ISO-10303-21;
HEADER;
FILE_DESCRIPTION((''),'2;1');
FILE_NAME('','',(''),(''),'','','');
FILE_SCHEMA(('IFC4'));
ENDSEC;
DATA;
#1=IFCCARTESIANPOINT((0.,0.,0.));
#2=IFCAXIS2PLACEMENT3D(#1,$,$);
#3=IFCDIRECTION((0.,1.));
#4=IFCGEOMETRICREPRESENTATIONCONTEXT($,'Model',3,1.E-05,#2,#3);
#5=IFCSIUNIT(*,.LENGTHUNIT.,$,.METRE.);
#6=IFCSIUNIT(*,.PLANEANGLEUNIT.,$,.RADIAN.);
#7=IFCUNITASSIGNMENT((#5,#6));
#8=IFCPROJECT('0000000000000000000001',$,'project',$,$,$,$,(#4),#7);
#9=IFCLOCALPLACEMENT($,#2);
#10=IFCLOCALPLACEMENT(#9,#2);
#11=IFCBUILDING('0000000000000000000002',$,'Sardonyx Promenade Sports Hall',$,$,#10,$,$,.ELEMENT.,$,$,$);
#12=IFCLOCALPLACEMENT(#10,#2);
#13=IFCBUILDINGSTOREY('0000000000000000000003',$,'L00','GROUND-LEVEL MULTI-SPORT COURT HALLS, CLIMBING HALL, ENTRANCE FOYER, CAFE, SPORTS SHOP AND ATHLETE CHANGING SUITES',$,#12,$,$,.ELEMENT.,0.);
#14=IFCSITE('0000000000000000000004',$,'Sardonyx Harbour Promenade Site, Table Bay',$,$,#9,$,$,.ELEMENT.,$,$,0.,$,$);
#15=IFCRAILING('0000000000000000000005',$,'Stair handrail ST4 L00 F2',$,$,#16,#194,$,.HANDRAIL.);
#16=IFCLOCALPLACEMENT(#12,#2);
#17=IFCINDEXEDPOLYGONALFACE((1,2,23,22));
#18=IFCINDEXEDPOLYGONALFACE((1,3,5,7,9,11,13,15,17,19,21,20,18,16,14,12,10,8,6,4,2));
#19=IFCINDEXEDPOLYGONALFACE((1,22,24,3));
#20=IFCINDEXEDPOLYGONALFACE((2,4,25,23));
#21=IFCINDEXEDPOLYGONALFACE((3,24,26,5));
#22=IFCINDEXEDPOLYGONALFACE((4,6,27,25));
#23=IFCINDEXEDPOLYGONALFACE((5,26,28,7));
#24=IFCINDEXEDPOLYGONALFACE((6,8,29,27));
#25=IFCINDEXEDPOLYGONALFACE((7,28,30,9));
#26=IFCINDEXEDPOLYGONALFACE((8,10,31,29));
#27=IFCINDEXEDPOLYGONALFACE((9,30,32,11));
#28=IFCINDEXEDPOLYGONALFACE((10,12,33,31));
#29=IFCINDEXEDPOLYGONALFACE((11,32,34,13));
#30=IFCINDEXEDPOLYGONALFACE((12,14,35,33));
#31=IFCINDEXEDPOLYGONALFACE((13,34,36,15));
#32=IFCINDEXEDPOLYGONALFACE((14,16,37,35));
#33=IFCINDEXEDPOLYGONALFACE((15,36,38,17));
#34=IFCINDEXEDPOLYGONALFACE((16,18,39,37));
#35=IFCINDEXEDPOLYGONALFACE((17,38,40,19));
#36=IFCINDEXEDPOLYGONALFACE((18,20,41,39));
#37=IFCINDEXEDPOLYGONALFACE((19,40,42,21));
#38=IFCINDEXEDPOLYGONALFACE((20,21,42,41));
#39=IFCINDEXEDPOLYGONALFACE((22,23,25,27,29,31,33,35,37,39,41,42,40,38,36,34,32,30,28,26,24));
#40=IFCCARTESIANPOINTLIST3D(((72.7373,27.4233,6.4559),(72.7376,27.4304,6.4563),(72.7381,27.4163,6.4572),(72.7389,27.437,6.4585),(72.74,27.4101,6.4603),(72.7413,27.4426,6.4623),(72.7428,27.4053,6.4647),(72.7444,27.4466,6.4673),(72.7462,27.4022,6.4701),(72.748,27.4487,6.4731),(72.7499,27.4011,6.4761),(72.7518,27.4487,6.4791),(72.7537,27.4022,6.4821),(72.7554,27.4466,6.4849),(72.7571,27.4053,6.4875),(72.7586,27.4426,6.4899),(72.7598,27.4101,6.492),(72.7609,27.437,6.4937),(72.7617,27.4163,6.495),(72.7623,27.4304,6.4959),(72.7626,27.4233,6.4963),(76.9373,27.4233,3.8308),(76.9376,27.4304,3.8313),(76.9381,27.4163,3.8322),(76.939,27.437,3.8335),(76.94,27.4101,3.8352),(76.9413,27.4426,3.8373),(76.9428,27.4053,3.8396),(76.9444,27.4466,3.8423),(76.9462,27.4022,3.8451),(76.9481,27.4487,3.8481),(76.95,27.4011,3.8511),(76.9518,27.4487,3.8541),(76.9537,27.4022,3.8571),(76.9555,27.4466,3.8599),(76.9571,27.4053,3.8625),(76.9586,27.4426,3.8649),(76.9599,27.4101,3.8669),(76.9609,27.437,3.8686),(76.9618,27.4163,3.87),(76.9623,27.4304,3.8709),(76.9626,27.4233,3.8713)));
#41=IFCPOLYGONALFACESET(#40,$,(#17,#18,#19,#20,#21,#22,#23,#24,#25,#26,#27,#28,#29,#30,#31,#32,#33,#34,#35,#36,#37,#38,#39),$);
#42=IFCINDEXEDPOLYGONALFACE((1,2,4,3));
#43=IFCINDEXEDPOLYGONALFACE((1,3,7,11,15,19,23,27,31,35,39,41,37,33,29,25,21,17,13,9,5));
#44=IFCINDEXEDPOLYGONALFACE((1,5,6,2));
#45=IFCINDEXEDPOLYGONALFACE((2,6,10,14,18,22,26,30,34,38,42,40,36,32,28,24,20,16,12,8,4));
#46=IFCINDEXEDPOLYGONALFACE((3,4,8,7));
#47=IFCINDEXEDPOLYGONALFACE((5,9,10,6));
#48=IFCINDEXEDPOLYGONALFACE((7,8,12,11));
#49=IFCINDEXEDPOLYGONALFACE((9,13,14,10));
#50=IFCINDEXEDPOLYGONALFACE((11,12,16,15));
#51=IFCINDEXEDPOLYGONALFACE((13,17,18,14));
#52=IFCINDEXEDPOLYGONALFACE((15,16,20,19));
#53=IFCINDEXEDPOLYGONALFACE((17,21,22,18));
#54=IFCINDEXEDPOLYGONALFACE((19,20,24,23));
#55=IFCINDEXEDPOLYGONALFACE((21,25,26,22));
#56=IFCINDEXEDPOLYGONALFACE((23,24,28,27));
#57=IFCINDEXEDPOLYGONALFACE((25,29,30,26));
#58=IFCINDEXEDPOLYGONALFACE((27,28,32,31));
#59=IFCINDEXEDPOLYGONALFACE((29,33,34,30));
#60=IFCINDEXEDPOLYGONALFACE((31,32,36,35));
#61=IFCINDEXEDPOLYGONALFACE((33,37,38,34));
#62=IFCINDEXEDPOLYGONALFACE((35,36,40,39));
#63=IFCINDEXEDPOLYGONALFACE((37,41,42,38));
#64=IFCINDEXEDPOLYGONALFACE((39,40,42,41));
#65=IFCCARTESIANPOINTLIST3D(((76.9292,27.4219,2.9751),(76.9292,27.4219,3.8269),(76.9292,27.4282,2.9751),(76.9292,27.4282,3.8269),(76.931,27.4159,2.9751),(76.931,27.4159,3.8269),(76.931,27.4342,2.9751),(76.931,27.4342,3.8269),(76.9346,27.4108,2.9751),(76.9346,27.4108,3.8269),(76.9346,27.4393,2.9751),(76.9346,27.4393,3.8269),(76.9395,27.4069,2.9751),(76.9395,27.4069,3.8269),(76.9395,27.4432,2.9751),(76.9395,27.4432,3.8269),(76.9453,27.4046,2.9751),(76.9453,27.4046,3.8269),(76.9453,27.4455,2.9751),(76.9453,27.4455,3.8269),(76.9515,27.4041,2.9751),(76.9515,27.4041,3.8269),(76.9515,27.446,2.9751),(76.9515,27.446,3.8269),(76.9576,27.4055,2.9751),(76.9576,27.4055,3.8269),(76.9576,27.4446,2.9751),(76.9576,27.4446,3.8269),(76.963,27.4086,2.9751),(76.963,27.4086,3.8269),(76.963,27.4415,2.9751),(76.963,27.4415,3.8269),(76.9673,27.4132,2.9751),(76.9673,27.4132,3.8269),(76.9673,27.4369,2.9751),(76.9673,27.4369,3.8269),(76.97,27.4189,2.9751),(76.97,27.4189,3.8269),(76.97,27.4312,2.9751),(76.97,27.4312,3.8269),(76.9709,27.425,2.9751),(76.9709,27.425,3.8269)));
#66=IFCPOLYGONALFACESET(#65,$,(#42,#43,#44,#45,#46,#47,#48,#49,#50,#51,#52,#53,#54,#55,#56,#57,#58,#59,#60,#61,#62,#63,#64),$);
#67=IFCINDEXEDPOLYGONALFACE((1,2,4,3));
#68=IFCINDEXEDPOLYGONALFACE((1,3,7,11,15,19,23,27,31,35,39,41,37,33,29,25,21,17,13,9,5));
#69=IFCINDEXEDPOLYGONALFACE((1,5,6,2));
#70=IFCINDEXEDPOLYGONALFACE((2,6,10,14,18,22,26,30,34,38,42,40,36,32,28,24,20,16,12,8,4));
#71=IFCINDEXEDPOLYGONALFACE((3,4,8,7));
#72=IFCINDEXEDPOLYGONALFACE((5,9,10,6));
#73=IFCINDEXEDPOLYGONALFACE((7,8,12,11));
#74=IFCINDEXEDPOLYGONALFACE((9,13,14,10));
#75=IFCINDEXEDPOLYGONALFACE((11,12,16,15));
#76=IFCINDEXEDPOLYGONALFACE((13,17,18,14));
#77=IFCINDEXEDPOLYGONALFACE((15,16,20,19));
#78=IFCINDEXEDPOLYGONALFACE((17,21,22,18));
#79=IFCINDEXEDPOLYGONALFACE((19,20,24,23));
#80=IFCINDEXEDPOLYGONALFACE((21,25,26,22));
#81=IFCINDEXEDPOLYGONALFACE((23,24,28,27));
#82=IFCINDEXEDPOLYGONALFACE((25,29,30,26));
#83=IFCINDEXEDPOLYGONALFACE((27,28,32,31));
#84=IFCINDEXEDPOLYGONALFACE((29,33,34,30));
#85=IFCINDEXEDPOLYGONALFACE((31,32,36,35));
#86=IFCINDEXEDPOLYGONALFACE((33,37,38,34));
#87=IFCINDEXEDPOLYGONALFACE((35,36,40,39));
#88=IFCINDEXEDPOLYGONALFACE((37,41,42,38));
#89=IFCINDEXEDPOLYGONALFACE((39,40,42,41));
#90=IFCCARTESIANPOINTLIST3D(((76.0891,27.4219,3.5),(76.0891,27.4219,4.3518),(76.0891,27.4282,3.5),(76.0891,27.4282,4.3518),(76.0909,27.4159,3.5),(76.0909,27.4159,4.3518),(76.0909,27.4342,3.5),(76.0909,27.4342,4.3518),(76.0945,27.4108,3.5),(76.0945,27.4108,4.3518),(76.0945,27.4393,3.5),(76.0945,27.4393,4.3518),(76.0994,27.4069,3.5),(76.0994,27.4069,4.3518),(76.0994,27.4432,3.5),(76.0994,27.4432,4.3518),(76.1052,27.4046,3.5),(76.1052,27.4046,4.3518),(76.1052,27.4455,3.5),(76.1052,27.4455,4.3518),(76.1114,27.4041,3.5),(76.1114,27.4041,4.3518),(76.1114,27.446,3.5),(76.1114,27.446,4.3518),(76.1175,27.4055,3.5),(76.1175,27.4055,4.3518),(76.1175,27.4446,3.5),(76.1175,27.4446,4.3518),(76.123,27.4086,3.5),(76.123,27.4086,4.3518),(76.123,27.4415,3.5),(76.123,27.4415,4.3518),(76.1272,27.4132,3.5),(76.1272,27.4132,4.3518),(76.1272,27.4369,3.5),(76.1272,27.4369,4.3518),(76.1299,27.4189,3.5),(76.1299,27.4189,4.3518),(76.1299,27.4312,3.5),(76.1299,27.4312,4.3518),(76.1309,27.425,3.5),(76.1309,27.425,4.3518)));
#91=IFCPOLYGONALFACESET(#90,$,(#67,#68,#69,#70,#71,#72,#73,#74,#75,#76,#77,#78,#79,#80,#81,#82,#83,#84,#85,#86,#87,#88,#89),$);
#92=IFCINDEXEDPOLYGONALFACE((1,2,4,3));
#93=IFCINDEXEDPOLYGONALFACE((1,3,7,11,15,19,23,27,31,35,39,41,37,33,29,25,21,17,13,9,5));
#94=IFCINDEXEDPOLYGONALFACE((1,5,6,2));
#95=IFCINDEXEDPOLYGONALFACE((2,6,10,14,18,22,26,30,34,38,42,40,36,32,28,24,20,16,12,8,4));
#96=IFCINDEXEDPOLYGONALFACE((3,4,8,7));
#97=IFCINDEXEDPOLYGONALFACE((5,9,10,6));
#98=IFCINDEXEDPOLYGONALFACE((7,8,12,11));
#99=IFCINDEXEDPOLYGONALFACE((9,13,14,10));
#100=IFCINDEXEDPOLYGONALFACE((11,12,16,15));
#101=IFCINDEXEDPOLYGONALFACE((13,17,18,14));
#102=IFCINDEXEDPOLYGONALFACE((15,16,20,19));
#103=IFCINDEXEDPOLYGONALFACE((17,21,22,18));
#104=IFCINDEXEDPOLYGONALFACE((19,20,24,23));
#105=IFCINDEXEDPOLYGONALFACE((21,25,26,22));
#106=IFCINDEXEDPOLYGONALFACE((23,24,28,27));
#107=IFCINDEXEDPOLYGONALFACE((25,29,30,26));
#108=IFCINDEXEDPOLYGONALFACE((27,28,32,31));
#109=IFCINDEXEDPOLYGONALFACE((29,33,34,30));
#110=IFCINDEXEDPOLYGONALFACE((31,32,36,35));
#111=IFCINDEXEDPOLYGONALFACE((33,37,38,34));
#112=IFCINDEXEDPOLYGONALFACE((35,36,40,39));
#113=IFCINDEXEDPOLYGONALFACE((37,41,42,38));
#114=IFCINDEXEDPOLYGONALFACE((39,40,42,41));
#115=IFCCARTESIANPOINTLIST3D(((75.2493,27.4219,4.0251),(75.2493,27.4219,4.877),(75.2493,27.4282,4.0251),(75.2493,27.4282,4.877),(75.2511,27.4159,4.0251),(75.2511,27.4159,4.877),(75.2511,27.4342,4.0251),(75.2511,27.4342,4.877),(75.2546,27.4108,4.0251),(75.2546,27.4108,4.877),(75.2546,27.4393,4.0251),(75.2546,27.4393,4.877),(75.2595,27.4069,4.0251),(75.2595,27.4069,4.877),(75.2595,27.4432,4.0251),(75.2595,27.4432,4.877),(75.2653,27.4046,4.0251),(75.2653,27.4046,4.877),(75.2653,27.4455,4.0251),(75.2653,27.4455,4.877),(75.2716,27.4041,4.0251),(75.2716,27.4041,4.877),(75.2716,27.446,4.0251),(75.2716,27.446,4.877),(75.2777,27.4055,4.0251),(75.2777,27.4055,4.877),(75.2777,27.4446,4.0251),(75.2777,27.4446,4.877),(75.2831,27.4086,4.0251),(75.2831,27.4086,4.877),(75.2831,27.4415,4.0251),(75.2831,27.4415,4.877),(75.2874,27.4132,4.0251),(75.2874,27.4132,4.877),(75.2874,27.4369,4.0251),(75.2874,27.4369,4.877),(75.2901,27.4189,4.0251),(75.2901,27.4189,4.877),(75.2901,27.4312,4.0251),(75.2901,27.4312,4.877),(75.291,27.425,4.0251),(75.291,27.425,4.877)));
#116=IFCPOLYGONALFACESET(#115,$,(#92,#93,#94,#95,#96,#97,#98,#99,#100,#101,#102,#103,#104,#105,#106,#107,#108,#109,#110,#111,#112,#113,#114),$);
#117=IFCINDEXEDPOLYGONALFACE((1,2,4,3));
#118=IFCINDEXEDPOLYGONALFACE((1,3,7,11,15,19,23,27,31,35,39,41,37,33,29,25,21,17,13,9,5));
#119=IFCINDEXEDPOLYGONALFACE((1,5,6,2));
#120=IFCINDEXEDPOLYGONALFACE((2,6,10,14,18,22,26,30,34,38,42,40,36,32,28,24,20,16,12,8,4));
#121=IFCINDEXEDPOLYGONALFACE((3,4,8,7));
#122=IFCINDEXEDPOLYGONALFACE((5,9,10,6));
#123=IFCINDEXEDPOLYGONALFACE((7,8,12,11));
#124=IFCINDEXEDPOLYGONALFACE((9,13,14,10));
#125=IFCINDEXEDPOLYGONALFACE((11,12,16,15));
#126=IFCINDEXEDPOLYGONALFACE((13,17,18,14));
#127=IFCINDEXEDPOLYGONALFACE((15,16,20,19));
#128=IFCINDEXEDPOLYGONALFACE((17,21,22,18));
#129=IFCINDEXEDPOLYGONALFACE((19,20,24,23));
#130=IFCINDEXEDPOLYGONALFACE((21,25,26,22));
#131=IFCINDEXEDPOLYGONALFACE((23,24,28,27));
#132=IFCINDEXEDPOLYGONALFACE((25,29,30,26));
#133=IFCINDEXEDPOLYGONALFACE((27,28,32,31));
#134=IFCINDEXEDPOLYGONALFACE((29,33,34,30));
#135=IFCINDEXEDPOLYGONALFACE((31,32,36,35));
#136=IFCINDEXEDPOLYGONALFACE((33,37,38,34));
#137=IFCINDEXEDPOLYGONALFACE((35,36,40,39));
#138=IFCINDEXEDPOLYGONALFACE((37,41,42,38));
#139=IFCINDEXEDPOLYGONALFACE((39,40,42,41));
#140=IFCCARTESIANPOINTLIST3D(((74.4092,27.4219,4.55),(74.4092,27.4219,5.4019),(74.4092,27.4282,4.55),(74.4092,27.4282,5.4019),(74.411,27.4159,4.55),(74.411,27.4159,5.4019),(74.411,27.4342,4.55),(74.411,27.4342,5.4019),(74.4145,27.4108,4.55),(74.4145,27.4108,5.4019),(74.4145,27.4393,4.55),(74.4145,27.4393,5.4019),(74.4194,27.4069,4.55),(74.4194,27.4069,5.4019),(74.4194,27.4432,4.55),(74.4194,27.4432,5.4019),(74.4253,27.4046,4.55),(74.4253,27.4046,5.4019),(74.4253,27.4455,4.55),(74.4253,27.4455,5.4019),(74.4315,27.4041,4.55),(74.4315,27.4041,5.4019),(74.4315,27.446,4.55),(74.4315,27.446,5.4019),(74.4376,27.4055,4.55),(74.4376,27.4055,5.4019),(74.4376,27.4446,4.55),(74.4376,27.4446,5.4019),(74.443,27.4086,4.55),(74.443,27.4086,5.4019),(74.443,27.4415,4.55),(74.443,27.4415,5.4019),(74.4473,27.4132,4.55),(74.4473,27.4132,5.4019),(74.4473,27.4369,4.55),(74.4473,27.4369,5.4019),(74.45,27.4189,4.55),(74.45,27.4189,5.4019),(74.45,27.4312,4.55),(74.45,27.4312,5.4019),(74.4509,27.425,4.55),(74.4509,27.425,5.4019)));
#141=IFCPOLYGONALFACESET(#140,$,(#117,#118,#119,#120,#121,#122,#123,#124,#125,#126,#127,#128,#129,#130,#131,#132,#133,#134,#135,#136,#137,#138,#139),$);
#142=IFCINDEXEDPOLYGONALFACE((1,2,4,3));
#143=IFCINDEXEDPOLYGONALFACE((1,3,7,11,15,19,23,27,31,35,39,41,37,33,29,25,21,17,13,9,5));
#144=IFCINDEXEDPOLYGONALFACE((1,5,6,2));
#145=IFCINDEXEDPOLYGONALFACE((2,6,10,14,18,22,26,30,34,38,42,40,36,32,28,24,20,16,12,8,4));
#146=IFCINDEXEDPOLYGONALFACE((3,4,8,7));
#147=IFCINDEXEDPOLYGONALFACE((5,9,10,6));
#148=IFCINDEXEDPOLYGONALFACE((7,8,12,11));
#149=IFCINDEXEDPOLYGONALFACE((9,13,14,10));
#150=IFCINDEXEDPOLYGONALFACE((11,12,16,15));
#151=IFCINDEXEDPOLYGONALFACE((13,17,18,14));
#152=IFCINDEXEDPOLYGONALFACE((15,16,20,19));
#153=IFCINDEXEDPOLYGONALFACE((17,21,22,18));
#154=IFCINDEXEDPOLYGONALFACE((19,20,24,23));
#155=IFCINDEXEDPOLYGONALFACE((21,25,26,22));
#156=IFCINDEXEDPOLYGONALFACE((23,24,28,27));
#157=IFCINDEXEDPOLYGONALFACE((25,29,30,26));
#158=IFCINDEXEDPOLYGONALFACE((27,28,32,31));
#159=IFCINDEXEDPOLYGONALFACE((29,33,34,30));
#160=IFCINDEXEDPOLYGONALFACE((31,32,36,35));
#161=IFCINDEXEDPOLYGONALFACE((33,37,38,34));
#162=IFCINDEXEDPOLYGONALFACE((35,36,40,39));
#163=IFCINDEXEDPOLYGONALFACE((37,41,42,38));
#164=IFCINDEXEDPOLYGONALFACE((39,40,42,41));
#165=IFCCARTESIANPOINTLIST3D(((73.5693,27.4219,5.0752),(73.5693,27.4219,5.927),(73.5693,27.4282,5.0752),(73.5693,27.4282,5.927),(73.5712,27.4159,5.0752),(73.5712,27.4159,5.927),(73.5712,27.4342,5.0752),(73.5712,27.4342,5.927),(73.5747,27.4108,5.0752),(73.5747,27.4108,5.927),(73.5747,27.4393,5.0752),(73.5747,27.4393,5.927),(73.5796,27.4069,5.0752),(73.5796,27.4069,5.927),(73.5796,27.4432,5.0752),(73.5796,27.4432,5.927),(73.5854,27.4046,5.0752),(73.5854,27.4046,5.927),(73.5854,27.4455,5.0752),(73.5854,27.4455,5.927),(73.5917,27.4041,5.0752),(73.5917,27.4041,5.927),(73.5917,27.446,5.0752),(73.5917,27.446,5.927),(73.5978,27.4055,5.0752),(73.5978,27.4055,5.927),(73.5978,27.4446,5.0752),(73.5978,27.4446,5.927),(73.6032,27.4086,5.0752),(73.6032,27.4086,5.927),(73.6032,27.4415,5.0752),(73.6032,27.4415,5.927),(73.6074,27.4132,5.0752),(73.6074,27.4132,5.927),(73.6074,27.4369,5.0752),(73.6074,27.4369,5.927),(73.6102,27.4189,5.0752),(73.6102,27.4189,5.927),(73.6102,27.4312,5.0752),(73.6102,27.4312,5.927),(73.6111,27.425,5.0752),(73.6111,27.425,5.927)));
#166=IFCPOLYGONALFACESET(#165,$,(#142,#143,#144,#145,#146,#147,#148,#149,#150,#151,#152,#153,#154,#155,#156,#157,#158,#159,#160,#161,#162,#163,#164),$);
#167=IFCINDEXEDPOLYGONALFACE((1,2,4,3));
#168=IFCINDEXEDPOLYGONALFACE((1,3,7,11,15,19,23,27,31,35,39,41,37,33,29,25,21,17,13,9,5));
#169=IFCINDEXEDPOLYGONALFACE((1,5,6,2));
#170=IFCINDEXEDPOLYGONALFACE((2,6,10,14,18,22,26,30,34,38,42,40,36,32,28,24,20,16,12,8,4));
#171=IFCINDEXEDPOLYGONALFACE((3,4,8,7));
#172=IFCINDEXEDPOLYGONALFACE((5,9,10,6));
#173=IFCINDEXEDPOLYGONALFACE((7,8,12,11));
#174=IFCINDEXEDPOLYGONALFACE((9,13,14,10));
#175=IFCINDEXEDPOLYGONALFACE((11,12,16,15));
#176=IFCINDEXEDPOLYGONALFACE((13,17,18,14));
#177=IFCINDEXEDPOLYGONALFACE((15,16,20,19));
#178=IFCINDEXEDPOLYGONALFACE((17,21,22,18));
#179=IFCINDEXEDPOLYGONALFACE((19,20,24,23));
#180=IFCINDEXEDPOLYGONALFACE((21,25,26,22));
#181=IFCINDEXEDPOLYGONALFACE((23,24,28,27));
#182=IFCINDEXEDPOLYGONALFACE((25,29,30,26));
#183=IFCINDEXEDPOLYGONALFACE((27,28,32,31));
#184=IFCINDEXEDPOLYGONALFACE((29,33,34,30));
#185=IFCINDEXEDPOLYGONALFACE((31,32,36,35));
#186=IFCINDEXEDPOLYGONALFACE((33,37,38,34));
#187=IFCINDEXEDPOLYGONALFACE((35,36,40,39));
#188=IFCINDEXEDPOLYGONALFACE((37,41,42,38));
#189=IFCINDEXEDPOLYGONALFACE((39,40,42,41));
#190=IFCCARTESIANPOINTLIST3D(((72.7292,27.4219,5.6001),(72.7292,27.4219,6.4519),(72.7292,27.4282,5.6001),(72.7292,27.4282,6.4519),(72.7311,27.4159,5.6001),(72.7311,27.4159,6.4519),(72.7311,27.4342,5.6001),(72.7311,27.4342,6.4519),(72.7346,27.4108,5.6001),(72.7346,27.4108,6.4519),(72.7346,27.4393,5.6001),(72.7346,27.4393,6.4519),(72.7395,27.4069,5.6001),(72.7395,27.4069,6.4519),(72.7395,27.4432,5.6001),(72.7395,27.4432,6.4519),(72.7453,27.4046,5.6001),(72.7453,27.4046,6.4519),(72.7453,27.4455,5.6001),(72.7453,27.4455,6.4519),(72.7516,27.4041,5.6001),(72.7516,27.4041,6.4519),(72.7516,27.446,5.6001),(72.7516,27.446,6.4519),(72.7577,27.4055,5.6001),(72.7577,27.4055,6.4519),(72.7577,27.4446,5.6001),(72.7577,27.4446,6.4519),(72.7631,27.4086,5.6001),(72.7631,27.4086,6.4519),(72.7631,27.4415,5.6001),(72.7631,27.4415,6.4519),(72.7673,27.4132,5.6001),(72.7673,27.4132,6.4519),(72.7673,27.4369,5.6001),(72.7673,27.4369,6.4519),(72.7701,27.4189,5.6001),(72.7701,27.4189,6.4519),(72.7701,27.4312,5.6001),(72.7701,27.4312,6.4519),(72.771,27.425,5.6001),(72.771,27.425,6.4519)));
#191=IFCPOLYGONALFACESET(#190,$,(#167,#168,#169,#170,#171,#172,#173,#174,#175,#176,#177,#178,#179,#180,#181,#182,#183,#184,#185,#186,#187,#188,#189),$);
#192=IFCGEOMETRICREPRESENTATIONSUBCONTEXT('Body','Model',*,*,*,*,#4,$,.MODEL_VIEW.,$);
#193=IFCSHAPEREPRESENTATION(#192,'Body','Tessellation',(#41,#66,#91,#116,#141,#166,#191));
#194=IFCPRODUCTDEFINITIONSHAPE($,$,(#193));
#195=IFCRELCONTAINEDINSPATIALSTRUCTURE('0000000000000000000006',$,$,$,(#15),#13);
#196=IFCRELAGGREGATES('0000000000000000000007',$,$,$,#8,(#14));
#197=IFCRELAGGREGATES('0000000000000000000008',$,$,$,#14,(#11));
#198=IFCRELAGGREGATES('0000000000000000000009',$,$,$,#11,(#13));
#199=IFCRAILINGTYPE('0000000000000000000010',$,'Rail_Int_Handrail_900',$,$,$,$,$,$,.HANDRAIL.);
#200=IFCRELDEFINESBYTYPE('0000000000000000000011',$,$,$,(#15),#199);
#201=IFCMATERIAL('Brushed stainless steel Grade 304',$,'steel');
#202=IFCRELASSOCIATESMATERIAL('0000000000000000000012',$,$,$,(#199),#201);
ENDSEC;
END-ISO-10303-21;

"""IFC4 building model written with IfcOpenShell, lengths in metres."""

from ifc_helpers import new_model, si_unit, direction, frame, origin, origin_2d, place, context, subcontext, project, spatial, circle, extrude, material, type_object, element, save


model = new_model("IFC4")

# Units and contexts
model_context = context("Model", 3, precision=1e-05, world=origin(), true_north=direction((0.0, 1.0)))
body_context = subcontext(model_context, "Body", "Model", "MODEL_VIEW")
ifc_project = project(units=[si_unit("LENGTHUNIT", "METRE"), si_unit("PLANEANGLEUNIT", "RADIAN")], contexts=[model_context])

# Site, building, storey
site_placement = place(None, origin())
site = spatial("IfcSite", under=ifc_project, at=site_placement, Name="Sardonyx Harbour Promenade Site, Table Bay", CompositionType="ELEMENT", RefElevation=0.0)
building_placement = place(site_placement, origin())
building = spatial("IfcBuilding", under=site, at=building_placement, Name="Sardonyx Promenade Sports Hall", CompositionType="ELEMENT")
storey_placement = place(building_placement, origin())
storey = spatial("IfcBuildingStorey", under=building, at=storey_placement, Name="L00", Description="GROUND-LEVEL MULTI-SPORT COURT HALLS, CLIMBING HALL, ENTRANCE FOYER, CAFE, SPORTS SHOP AND ATHLETE CHANGING SUITES", CompositionType="ELEMENT", Elevation=0.0)

# Railing
ifc_material_1 = material(Name="Brushed stainless steel Grade 304", Category="steel")
railing_type = type_object("IfcRailingType", Name="Rail_Int_Handrail_900", PredefinedType="HANDRAIL", material=ifc_material_1)
railing_placement = place(storey_placement, frame((76.95, 27.425, 2.9751)))
element("IfcRailing", 1, at=railing_placement, inside=storey, type_object=railing_type, Name="Stair handrail ST4 L00 F2", PredefinedType="HANDRAIL", context=body_context, shape_type="SweptSolid", body=[
    extrude(circle(Radius=0.0239, at=origin_2d()), frame((0.0, 0.0, 0.876), z_axis=(-0.847996, 0.0, 0.530003), x_axis=(0.0, -1.0, 0.0)), (0.0, 0.0, 1.0), 4.9529),
    extrude(circle(Radius=0.021, at=origin_2d()), origin(), (0.0, 0.0, 1.0), 0.8518),
    extrude(circle(Radius=0.021, at=origin_2d()), frame((-0.8401, 0.0, 0.5249)), (0.0, 0.0, 1.0), 0.8518),
    extrude(circle(Radius=0.021, at=origin_2d()), frame((-1.6799, 0.0, 1.05)), (0.0, 0.0, 1.0), 0.8518),
    extrude(circle(Radius=0.021, at=origin_2d()), frame((-2.52, 0.0, 1.575)), (0.0, 0.0, 1.0), 0.8518),
    extrude(circle(Radius=0.021, at=origin_2d()), frame((-3.3599, 0.0, 2.1001)), (0.0, 0.0, 1.0), 0.8518),
    extrude(circle(Radius=0.021, at=origin_2d()), frame((-4.2, 0.0, 2.625)), (0.0, 0.0, 1.0), 0.8518),
])

save(model, "model.ifc")
